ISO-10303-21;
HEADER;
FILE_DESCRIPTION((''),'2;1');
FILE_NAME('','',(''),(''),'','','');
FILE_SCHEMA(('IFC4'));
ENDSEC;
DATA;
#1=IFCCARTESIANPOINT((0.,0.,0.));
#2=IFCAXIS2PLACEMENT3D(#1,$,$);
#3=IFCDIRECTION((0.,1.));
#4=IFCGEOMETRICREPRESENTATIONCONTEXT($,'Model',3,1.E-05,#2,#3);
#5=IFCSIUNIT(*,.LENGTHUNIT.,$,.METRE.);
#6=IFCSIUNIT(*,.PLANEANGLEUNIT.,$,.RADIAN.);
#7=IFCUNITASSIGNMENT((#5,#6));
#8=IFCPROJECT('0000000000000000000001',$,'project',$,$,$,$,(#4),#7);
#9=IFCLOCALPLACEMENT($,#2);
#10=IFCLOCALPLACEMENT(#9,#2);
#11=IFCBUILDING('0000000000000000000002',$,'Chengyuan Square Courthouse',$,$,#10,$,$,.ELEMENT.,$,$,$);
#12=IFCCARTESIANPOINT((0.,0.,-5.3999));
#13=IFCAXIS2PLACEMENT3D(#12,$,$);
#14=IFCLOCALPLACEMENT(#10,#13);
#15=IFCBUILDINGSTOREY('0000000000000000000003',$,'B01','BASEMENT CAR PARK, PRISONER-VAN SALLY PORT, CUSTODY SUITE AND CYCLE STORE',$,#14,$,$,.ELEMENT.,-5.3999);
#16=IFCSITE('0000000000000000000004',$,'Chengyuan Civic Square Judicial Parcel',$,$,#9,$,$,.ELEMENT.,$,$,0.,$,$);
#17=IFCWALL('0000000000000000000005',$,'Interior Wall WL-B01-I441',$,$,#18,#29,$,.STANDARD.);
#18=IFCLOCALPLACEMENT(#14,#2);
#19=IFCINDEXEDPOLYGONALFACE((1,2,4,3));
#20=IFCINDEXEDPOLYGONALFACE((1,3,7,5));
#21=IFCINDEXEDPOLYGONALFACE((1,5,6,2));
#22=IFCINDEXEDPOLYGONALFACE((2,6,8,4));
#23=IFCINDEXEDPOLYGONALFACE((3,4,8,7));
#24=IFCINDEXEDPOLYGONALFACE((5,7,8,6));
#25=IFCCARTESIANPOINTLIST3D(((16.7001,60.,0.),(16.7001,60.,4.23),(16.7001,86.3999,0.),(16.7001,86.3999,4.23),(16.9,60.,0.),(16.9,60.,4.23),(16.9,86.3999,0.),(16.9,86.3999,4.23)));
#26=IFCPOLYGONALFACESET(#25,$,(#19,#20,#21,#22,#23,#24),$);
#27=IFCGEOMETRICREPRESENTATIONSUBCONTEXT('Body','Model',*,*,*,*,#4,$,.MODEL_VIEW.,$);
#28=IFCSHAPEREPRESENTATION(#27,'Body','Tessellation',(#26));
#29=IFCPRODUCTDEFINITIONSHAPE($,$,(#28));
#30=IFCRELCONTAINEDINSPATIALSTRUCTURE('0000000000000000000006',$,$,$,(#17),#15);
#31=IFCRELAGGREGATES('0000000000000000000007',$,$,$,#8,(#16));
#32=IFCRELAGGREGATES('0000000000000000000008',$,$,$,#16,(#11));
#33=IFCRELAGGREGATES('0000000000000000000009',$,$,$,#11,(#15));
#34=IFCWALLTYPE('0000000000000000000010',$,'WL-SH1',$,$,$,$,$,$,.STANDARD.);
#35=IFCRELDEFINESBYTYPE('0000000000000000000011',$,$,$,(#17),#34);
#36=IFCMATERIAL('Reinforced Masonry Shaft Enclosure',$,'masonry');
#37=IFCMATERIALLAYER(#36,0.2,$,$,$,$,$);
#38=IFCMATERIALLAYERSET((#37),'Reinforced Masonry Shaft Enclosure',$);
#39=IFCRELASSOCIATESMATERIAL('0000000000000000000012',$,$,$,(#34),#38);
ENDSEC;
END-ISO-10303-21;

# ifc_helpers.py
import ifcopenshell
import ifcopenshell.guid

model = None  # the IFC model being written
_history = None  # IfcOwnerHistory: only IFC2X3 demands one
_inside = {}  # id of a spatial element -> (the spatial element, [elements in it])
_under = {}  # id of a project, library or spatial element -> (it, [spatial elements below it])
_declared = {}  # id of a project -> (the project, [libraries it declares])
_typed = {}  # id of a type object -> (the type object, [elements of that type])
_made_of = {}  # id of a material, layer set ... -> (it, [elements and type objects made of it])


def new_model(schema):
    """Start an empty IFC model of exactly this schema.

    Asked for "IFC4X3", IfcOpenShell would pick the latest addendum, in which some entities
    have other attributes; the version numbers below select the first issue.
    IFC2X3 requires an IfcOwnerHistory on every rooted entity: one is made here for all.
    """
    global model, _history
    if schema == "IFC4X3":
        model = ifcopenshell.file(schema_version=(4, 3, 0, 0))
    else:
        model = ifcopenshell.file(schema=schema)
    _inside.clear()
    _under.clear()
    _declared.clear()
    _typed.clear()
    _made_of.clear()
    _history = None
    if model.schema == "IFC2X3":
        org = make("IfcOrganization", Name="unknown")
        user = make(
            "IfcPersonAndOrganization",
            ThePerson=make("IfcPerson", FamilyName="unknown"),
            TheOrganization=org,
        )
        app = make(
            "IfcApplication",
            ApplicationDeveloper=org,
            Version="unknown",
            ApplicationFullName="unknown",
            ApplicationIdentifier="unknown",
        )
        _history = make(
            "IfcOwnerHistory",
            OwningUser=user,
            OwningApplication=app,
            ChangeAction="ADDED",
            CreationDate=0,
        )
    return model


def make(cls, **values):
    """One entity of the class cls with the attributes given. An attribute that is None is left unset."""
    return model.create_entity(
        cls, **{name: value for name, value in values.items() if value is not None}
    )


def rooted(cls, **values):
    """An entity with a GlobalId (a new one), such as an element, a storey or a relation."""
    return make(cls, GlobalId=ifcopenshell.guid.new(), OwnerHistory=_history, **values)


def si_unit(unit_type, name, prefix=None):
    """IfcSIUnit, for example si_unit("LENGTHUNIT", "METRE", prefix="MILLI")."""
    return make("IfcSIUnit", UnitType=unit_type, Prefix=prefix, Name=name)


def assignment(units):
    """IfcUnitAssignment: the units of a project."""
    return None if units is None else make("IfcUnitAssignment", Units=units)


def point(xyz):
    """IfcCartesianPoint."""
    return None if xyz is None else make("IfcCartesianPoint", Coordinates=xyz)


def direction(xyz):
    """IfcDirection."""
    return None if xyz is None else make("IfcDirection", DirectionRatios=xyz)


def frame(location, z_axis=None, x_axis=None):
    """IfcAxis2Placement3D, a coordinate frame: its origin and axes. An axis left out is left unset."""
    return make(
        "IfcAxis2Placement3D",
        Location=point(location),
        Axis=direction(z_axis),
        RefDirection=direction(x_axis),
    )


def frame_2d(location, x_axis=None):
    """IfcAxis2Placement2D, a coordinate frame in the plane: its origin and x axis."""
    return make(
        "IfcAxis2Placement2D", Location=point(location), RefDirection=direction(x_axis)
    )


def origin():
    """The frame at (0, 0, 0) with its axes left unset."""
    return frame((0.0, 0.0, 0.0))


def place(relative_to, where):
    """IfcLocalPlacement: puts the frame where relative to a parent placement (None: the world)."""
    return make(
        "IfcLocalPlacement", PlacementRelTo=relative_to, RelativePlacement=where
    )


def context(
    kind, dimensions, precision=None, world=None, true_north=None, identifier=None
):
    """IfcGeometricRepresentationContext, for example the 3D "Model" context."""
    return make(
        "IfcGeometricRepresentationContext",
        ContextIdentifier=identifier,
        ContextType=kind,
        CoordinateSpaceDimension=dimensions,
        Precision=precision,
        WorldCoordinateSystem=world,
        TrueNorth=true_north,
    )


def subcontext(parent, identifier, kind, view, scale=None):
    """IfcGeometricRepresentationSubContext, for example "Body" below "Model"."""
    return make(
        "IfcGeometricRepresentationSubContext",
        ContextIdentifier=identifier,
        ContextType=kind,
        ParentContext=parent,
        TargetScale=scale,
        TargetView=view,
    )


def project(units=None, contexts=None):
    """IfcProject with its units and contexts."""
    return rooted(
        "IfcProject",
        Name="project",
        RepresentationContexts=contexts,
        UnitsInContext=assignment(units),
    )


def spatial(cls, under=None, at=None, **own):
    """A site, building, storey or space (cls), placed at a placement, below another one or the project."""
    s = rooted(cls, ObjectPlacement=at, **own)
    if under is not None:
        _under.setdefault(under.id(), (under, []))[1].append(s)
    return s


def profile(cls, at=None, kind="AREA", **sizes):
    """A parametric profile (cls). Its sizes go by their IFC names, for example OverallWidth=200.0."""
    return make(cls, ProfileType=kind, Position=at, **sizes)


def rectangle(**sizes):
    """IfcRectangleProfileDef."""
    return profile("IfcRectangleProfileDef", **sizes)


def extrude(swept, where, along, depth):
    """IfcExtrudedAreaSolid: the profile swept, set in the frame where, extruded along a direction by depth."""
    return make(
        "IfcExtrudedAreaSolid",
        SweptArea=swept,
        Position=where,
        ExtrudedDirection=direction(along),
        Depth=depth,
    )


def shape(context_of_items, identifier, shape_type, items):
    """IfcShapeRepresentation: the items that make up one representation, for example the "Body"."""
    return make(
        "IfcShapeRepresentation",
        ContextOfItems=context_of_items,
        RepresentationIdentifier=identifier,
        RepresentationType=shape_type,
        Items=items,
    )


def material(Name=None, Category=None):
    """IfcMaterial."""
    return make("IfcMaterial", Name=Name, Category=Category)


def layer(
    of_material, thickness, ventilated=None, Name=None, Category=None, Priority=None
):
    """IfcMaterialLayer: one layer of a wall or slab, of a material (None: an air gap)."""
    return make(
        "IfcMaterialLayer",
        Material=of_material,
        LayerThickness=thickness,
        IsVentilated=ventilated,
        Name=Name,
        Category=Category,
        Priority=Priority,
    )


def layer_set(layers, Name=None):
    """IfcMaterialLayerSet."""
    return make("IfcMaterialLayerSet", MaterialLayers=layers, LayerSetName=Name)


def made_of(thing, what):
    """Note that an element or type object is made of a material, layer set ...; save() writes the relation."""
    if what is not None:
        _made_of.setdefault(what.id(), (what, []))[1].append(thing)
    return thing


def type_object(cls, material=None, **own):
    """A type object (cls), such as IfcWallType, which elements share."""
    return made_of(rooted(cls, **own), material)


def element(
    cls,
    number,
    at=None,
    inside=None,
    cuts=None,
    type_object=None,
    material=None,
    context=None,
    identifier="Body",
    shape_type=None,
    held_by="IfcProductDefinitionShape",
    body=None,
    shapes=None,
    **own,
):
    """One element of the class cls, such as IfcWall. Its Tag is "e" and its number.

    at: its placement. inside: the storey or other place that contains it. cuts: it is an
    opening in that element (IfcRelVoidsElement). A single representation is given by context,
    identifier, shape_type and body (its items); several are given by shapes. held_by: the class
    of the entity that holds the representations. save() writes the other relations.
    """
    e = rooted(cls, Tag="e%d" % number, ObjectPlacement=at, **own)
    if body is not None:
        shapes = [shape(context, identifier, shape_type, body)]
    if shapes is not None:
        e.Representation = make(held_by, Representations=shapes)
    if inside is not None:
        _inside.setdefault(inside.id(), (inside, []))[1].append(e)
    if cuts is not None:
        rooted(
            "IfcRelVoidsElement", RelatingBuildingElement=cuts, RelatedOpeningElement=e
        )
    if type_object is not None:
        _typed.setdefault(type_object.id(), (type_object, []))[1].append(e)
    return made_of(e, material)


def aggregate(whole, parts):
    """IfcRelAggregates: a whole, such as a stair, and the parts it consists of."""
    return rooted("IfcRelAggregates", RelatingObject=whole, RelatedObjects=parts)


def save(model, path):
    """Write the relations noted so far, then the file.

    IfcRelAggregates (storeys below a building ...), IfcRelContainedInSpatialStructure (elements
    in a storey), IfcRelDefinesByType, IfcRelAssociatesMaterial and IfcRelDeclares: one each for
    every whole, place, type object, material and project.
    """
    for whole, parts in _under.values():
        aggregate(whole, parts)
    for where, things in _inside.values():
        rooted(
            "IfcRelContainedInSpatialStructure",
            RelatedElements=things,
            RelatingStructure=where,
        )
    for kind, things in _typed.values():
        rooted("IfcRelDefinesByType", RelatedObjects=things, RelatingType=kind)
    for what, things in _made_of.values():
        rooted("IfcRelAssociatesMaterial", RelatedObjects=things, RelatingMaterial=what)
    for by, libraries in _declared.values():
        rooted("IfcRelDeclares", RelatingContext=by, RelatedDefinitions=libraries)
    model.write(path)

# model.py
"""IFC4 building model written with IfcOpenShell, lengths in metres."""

from ifc_helpers import new_model, si_unit, direction, frame, frame_2d, origin, place, context, subcontext, project, spatial, rectangle, extrude, material, layer, layer_set, type_object, element, save


model = new_model("IFC4")

# Units and contexts
model_context = context("Model", 3, precision=1e-05, world=origin(), true_north=direction((0.0, 1.0)))
body_context = subcontext(model_context, "Body", "Model", "MODEL_VIEW")
ifc_project = project(units=[si_unit("LENGTHUNIT", "METRE"), si_unit("PLANEANGLEUNIT", "RADIAN")], contexts=[model_context])

# Site, building, storey
site_placement = place(None, origin())
site = spatial("IfcSite", under=ifc_project, at=site_placement, Name="Chengyuan Civic Square Judicial Parcel", CompositionType="ELEMENT", RefElevation=0.0)
building_placement = place(site_placement, origin())
building = spatial("IfcBuilding", under=site, at=building_placement, Name="Chengyuan Square Courthouse", CompositionType="ELEMENT")
storey_placement = place(building_placement, frame((0.0, 0.0, -5.3999)))
storey = spatial("IfcBuildingStorey", under=building, at=storey_placement, Name="B01", Description="BASEMENT CAR PARK, PRISONER-VAN SALLY PORT, CUSTODY SUITE AND CYCLE STORE", CompositionType="ELEMENT", Elevation=-5.3999)

# Wall
ifc_material_1 = material(Name="Reinforced Masonry Shaft Enclosure", Category="masonry")
ifc_layer = layer(ifc_material_1, 0.2)
ifc_layer_set = layer_set([ifc_layer], Name="Reinforced Masonry Shaft Enclosure")
wall_type = type_object("IfcWallType", Name="WL-SH1", PredefinedType="STANDARD", material=ifc_layer_set)
wall_placement = place(storey_placement, frame((16.8, 60.0, 0.0), z_axis=(0.0, 0.0, 1.0), x_axis=(0.0, 1.0, 0.0)))
element("IfcWall", 1, at=wall_placement, inside=storey, type_object=wall_type, Name="Interior Wall WL-B01-I441", PredefinedType="STANDARD", context=body_context, shape_type="SweptSolid", body=[
    extrude(rectangle(XDim=26.3999, YDim=0.2, at=frame_2d((13.2, 0.0))), origin(), (0.0, 0.0, 1.0), 4.23),
])

save(model, "model.ifc")
